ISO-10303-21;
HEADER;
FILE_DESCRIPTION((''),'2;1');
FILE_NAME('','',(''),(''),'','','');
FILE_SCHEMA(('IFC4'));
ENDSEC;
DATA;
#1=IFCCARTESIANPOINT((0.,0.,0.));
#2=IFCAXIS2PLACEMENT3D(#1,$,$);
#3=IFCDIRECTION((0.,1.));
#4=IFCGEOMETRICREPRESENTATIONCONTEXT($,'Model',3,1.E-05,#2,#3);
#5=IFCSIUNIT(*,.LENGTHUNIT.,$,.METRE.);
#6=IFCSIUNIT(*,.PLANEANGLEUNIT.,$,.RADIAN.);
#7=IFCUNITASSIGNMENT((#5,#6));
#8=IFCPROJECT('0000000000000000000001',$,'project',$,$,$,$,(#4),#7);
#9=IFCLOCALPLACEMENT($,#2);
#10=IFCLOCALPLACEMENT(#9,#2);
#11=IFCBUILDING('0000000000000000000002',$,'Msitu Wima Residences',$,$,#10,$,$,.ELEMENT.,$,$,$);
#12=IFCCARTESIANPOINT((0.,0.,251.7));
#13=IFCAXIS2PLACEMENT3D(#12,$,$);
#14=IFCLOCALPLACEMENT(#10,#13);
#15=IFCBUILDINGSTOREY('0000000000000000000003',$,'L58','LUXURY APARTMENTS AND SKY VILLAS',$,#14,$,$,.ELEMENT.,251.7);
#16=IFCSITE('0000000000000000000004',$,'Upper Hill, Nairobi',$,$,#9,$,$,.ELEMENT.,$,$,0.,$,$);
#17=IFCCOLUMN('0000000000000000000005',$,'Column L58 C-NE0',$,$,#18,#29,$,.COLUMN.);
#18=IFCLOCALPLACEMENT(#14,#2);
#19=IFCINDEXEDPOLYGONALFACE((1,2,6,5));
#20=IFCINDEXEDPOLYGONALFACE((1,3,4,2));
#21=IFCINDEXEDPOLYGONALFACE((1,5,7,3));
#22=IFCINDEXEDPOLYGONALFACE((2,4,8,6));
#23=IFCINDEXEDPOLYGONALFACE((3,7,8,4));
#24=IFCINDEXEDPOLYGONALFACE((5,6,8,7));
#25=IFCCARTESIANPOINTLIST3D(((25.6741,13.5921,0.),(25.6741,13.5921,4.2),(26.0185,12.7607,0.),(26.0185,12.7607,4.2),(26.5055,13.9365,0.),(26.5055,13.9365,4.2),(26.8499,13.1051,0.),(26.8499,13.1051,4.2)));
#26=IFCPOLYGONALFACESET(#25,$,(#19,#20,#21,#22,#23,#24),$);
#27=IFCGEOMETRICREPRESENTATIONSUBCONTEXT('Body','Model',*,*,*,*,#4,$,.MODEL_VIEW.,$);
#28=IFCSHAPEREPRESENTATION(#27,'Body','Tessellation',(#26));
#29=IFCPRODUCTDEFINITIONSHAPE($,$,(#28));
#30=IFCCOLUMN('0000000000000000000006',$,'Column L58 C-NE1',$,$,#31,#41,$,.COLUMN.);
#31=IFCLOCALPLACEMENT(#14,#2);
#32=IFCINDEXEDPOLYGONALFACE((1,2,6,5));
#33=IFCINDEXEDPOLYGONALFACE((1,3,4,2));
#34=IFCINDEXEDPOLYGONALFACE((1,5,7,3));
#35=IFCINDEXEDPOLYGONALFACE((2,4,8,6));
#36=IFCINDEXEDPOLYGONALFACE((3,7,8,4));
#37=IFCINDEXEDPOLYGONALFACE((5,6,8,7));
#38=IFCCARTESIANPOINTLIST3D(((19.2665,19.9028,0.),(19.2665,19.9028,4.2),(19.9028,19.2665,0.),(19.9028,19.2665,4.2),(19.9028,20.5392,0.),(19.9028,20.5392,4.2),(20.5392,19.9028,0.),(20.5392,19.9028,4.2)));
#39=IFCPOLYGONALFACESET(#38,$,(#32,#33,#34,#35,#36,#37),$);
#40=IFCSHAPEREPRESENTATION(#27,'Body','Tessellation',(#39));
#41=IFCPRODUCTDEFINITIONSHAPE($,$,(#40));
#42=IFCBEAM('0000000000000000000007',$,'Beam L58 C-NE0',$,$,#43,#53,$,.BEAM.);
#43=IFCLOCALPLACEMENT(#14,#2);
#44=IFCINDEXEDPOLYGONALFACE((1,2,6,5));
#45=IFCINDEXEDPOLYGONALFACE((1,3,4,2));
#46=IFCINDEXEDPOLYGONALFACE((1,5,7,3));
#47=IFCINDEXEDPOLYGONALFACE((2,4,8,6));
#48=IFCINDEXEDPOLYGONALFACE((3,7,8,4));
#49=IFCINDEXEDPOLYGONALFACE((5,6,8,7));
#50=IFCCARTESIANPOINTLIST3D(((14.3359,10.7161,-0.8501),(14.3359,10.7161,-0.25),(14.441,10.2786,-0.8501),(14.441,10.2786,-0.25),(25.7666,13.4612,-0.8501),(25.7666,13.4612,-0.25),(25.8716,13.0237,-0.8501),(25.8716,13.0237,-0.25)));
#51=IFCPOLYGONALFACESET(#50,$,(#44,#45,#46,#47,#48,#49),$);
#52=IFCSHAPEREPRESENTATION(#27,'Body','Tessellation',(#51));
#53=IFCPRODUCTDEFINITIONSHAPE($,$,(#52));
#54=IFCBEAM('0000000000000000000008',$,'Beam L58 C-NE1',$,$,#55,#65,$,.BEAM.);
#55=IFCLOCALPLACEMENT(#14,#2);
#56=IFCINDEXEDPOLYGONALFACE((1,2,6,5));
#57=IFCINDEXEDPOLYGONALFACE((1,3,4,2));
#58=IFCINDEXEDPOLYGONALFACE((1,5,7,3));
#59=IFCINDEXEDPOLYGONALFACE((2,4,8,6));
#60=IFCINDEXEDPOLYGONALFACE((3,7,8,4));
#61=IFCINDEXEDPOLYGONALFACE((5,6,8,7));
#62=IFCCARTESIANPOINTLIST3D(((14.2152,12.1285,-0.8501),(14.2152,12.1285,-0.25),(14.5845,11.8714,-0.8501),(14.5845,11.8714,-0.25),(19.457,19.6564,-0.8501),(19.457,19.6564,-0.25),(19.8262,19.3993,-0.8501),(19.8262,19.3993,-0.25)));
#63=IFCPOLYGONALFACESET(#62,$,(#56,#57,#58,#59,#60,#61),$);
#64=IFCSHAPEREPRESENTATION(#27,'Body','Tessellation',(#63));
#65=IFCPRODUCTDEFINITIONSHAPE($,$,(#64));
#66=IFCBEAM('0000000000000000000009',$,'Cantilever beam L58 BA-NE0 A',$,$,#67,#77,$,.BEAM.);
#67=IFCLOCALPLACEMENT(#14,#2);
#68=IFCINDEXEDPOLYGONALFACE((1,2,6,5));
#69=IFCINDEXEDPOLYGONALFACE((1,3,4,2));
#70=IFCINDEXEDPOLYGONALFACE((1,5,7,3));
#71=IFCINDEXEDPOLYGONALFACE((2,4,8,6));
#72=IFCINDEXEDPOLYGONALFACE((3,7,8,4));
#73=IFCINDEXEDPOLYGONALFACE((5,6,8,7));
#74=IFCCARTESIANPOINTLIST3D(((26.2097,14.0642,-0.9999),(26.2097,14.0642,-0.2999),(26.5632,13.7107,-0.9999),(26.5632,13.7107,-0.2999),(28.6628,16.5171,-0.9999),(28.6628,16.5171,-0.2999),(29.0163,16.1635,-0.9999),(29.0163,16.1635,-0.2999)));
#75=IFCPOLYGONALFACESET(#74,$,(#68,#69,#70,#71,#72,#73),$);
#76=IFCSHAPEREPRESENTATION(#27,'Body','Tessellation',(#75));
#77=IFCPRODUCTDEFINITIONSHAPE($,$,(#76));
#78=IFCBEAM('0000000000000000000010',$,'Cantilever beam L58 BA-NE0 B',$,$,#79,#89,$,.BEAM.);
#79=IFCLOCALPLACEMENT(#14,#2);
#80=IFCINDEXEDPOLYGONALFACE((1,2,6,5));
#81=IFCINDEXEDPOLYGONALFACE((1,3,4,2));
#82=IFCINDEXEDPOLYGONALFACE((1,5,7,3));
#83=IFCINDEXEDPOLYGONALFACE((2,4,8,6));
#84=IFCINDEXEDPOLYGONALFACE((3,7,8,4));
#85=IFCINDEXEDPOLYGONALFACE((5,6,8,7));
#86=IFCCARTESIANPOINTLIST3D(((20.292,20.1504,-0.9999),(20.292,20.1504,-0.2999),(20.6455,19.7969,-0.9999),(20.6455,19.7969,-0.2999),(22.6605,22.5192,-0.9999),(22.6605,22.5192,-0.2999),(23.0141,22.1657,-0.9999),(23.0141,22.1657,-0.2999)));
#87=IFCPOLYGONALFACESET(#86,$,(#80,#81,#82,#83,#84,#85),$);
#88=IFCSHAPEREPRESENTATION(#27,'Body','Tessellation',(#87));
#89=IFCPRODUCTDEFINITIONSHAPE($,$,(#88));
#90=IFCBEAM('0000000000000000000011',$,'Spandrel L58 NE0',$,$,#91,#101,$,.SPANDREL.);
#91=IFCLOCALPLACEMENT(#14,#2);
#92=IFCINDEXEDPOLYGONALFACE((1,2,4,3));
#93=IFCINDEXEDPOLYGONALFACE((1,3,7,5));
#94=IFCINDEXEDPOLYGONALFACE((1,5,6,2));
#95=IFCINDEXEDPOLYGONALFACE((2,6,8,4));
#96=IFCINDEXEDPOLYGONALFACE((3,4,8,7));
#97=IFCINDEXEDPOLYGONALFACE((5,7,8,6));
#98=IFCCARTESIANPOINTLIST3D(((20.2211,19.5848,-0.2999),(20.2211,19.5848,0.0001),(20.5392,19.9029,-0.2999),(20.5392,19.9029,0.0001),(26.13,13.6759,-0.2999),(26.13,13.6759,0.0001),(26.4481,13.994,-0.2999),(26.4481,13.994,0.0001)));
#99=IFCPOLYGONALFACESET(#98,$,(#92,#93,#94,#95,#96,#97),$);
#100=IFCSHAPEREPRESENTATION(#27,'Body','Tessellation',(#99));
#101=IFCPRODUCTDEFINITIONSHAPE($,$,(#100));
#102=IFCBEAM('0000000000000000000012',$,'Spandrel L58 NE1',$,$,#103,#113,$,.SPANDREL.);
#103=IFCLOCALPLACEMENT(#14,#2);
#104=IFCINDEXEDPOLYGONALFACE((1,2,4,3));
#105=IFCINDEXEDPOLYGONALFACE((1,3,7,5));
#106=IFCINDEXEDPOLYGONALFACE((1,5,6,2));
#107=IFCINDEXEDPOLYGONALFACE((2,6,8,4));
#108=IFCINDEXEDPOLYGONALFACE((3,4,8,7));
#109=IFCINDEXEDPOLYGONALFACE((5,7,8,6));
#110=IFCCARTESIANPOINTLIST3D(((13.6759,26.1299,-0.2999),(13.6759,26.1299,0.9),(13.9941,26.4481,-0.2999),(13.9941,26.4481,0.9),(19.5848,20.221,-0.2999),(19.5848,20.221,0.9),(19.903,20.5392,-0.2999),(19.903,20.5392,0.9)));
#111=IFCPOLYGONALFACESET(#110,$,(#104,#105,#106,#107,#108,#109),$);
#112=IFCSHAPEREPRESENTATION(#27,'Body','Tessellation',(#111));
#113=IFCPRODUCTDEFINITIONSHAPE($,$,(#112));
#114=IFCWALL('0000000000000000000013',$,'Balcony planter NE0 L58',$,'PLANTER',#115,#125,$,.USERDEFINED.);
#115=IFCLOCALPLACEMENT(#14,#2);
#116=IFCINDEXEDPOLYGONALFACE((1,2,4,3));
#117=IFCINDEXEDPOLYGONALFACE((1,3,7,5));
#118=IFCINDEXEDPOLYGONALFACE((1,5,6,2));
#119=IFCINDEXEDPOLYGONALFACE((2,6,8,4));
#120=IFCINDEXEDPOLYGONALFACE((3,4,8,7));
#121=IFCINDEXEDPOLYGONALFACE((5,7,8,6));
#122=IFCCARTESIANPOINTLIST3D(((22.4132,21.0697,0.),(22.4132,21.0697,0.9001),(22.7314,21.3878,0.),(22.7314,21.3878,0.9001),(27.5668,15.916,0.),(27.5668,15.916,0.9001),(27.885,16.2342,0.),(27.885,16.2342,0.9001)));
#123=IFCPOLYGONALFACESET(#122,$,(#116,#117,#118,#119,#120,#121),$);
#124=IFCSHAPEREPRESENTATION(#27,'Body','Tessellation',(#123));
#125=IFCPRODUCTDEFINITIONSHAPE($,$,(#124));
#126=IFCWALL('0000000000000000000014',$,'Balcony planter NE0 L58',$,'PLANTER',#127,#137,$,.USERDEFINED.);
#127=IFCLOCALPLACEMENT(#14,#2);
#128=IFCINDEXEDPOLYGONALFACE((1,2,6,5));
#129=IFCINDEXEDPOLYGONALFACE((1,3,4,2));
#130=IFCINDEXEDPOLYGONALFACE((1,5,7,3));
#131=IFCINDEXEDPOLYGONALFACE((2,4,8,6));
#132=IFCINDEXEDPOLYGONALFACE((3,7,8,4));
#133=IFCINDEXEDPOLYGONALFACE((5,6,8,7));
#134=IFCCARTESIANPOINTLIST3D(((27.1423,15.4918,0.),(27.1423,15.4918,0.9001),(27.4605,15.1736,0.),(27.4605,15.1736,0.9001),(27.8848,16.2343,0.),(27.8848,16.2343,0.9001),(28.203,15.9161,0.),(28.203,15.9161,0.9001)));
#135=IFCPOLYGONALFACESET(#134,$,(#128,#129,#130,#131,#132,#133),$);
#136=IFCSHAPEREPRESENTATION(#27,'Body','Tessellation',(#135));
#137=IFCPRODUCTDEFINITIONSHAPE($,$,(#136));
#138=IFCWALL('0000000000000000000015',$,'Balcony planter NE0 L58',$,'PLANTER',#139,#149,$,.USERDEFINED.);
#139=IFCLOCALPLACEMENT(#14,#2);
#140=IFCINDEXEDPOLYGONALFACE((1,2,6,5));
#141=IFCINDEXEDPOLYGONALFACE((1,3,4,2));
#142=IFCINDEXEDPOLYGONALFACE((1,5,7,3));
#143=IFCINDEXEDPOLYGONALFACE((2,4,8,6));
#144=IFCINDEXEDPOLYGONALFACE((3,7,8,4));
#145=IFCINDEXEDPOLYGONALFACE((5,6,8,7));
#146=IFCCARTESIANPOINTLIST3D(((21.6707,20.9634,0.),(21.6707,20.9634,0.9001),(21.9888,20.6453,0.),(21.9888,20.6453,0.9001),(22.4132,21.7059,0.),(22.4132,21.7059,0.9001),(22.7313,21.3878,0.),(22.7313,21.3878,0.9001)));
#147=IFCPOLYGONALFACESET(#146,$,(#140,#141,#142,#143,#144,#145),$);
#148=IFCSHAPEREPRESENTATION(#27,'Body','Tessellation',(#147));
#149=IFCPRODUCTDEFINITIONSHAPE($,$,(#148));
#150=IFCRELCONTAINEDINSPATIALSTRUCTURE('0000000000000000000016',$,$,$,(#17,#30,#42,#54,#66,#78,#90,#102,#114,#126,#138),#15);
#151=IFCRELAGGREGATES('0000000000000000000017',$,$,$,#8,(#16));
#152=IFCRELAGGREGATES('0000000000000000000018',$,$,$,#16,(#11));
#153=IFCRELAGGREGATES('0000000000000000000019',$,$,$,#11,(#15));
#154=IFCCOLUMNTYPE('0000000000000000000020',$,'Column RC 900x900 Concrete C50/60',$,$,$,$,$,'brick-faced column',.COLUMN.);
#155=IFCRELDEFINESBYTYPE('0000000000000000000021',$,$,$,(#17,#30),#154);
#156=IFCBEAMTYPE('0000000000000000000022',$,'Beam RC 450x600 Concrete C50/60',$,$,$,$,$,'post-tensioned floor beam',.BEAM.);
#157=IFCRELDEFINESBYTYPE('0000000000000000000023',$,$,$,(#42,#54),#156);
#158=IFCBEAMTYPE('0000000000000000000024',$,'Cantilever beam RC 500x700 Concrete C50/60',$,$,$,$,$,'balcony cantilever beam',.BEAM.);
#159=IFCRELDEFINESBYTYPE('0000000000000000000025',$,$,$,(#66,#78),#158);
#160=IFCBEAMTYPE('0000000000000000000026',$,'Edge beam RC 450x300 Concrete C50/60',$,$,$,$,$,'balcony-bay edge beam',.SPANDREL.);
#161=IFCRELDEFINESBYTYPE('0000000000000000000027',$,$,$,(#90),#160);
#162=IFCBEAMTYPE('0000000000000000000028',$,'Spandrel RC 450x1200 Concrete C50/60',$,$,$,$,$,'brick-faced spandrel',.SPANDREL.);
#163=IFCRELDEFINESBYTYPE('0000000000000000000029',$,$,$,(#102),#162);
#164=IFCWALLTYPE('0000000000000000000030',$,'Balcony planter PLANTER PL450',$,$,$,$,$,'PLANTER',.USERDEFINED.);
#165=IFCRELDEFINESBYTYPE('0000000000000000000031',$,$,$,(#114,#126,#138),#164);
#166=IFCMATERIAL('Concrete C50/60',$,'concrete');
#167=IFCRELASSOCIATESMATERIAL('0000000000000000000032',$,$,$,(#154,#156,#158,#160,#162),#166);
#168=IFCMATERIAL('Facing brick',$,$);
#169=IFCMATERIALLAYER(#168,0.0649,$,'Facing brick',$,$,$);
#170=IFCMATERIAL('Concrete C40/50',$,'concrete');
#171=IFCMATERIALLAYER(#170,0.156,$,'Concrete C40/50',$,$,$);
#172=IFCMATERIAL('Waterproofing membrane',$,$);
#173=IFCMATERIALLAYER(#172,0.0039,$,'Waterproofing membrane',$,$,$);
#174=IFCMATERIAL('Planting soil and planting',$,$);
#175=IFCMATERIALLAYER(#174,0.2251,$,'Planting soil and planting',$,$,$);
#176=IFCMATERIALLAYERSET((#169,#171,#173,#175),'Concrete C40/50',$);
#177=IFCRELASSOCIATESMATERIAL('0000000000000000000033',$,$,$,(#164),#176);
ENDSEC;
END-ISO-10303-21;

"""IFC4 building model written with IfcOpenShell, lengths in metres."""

from ifc_helpers import new_model, si_unit, direction, frame, frame_2d, origin, origin_2d, place, context, subcontext, project, spatial, rectangle, extrude, material, layer, layer_set, material_profile, profile_set, type_object, element, save


model = new_model("IFC4")

# Units and contexts
model_context = context("Model", 3, precision=1e-05, world=origin(), true_north=direction((0.0, 1.0)))
body_context = subcontext(model_context, "Body", "Model", "MODEL_VIEW")
ifc_project = project(units=[si_unit("LENGTHUNIT", "METRE"), si_unit("PLANEANGLEUNIT", "RADIAN")], contexts=[model_context])

# Site, building, storey
site_placement = place(None, origin())
site = spatial("IfcSite", under=ifc_project, at=site_placement, Name="Upper Hill, Nairobi", CompositionType="ELEMENT", RefElevation=0.0)
building_placement = place(site_placement, origin())
building = spatial("IfcBuilding", under=site, at=building_placement, Name="Msitu Wima Residences", CompositionType="ELEMENT")
storey_placement = place(building_placement, frame((0.0, 0.0, 251.7)))
storey = spatial("IfcBuildingStorey", under=building, at=storey_placement, Name="L58", Description="LUXURY APARTMENTS AND SKY VILLAS", CompositionType="ELEMENT", Elevation=251.7)

# Columns
ifc_material_1 = material(Name="Concrete C50/60", Category="concrete")
ifc_material_profile_1 = material_profile(ifc_material_1, rectangle(XDim=0.8999, YDim=0.8999, at=origin_2d()), Name="RC 900x900")
ifc_profile_set_1 = profile_set([ifc_material_profile_1], Name="Concrete C50/60")
column_type = type_object("IfcColumnType", Name="Column RC 900x900 Concrete C50/60", ElementType="brick-faced column", PredefinedType="COLUMN", material=ifc_profile_set_1)
for number, where, z_axis, x_axis, name in (
    (1, (26.262, 13.3486, 0.0), (0.0, 0.0, 1.0), (-0.382683, 0.92388, 0.0), "Column L58 C-NE0"),
    (2, (19.9028, 19.9028, 0.0), (0.0, 0.0, 1.0), (-0.707107, 0.707107, 0.0), "Column L58 C-NE1"),
):
    element("IfcColumn", number, at=place(storey_placement, frame(where, z_axis=z_axis, x_axis=x_axis)), inside=storey, type_object=column_type, Name=name, PredefinedType="COLUMN", context=body_context, shape_type="SweptSolid", body=[
        extrude(rectangle(XDim=0.8999, YDim=0.8999, at=origin_2d()), origin(), (0.0, 0.0, 1.0), 4.2),
    ])

# Beams
ifc_material_profile_2 = material_profile(ifc_material_1, rectangle(XDim=0.45, YDim=0.6001, at=origin_2d()), Name="RC 450x600")
ifc_profile_set_2 = profile_set([ifc_material_profile_2], Name="Concrete C50/60")
beam_type_1 = type_object("IfcBeamType", Name="Beam RC 450x600 Concrete C50/60", ElementType="post-tensioned floor beam", PredefinedType="BEAM", material=ifc_profile_set_2)
beam_1_placement = place(storey_placement, frame((25.8191, 13.2424, -0.55), z_axis=(-0.972353, -0.233514, 0.0), x_axis=(0.233514, -0.972353, 0.0)))
element("IfcBeam", 3, at=beam_1_placement, inside=storey, type_object=beam_type_1, Name="Beam L58 C-NE0", PredefinedType="BEAM", context=body_context, shape_type="SweptSolid", body=[
    extrude(rectangle(XDim=0.45, YDim=0.6001, at=origin_2d()), origin(), (0.0, 0.0, 1.0), 11.7556),
])
beam_2_placement = place(storey_placement, frame((19.6416, 19.5278, -0.55), z_axis=(-0.571428, -0.820652, 0.0), x_axis=(0.820652, -0.571428, 0.0)))
element("IfcBeam", 4, at=beam_2_placement, inside=storey, type_object=beam_type_1, Name="Beam L58 C-NE1", PredefinedType="BEAM", context=body_context, shape_type="SweptSolid", body=[
    extrude(rectangle(XDim=0.45, YDim=0.6001, at=origin_2d()), origin(), (0.0, 0.0, 1.0), 9.1731),
])
ifc_material_profile_3 = material_profile(ifc_material_1, rectangle(XDim=0.5, YDim=0.7, at=origin_2d()), Name="RC 500x700")
ifc_profile_set_3 = profile_set([ifc_material_profile_3], Name="Concrete C50/60")
beam_type_2 = type_object("IfcBeamType", Name="Cantilever beam RC 500x700 Concrete C50/60", ElementType="balcony cantilever beam", PredefinedType="BEAM", material=ifc_profile_set_3)
beam_3_placement = place(storey_placement, frame((26.3865, 13.8875, -0.6499), z_axis=(0.707142, 0.707072, 0.0), x_axis=(-0.707072, 0.707142, 0.0)))
element("IfcBeam", 5, at=beam_3_placement, inside=storey, type_object=beam_type_2, Name="Cantilever beam L58 BA-NE0 A", PredefinedType="BEAM", context=body_context, shape_type="SweptSolid", body=[
    extrude(rectangle(XDim=0.5, YDim=0.7, at=origin_2d()), origin(), (0.0, 0.0, 1.0), 3.469),
])
beam_4_placement = place(storey_placement, frame((20.4688, 19.9736, -0.6499), z_axis=(0.70707, 0.707143, 0.0), x_axis=(-0.707143, 0.70707, 0.0)))
element("IfcBeam", 6, at=beam_4_placement, inside=storey, type_object=beam_type_2, Name="Cantilever beam L58 BA-NE0 B", PredefinedType="BEAM", context=body_context, shape_type="SweptSolid", body=[
    extrude(rectangle(XDim=0.5, YDim=0.7, at=origin_2d()), origin(), (0.0, 0.0, 1.0), 3.3499),
])
ifc_material_profile_4 = material_profile(ifc_material_1, rectangle(XDim=0.45, YDim=0.3, at=origin_2d()), Name="RC 450x300")
ifc_profile_set_4 = profile_set([ifc_material_profile_4], Name="Concrete C50/60")
beam_type_3 = type_object("IfcBeamType", Name="Edge beam RC 450x300 Concrete C50/60", ElementType="balcony-bay edge beam", PredefinedType="SPANDREL", material=ifc_profile_set_4)
beam_5_placement = place(storey_placement, frame((26.2891, 13.835, -0.1499), z_axis=(-0.707107, 0.707107, 0.0), x_axis=(-0.707107, -0.707107, 0.0)))
element("IfcBeam", 7, at=beam_5_placement, inside=storey, type_object=beam_type_3, Name="Spandrel L58 NE0", PredefinedType="SPANDREL", context=body_context, shape_type="SweptSolid", body=[
    extrude(rectangle(XDim=0.45, YDim=0.3, at=origin_2d()), origin(), (0.0, 0.0, 1.0), 8.3564),
])
ifc_material_profile_5 = material_profile(ifc_material_1, rectangle(XDim=0.45, YDim=1.2, at=origin_2d()), Name="RC 450x1200")
ifc_profile_set_5 = profile_set([ifc_material_profile_5], Name="Concrete C50/60")
beam_type_4 = type_object("IfcBeamType", Name="Spandrel RC 450x1200 Concrete C50/60", ElementType="brick-faced spandrel", PredefinedType="SPANDREL", material=ifc_profile_set_5)
beam_6_placement = place(storey_placement, frame((19.7439, 20.3801, 0.3), z_axis=(-0.707107, 0.707107, 0.0), x_axis=(-0.707107, -0.707107, 0.0)))
element("IfcBeam", 8, at=beam_6_placement, inside=storey, type_object=beam_type_4, Name="Spandrel L58 NE1", PredefinedType="SPANDREL", context=body_context, shape_type="SweptSolid", body=[
    extrude(rectangle(XDim=0.45, YDim=1.2, at=origin_2d()), origin(), (0.0, 0.0, 1.0), 8.3564),
])

# Walls
ifc_material_2 = material(Name="Facing brick")
ifc_layer_1 = layer(ifc_material_2, 0.0649, Name="Facing brick")
ifc_material_3 = material(Name="Concrete C40/50", Category="concrete")
ifc_layer_2 = layer(ifc_material_3, 0.156, Name="Concrete C40/50")
ifc_material_4 = material(Name="Waterproofing membrane")
ifc_layer_3 = layer(ifc_material_4, 0.0039, Name="Waterproofing membrane")
ifc_material_5 = material(Name="Planting soil and planting")
ifc_layer_4 = layer(ifc_material_5, 0.2251, Name="Planting soil and planting")
ifc_layer_set_1 = layer_set([ifc_layer_1, ifc_layer_2, ifc_layer_3, ifc_layer_4], Name="Concrete C40/50")
wall_type_1 = type_object("IfcWallType", Name="Balcony planter PLANTER PL450", ElementType="PLANTER", PredefinedType="USERDEFINED", material=ifc_layer_set_1)
wall_1_placement = place(storey_placement, frame((27.7258, 16.0752, 0.0), z_axis=(0.0, 0.0, 1.0), x_axis=(-0.707107, 0.707107, 0.0)))
element("IfcWall", 9, at=wall_1_placement, inside=storey, type_object=wall_type_1, Name="Balcony planter NE0 L58", ObjectType="PLANTER", PredefinedType="USERDEFINED", context=body_context, shape_type="SweptSolid", body=[
    extrude(rectangle(XDim=7.2883, YDim=0.45, at=frame_2d((3.644, 0.0))), origin(), (0.0, 0.0, 1.0), 0.9001),
])
for number, where, z_axis, x_axis, name in (
    (10, (27.3015, 15.3328, 0.0), (0.0, 0.0, 1.0), (0.707107, 0.707107, 0.0), "Balcony planter NE0 L58"),
    (11, (21.8298, 20.8044, 0.0), (0.0, 0.0, 1.0), (0.707107, 0.707107, 0.0), "Balcony planter NE0 L58"),
):
    element("IfcWall", number, at=place(storey_placement, frame(where, z_axis=z_axis, x_axis=x_axis)), inside=storey, type_object=wall_type_1, Name=name, ObjectType="PLANTER", PredefinedType="USERDEFINED", context=body_context, shape_type="SweptSolid", body=[
        extrude(rectangle(XDim=1.05, YDim=0.45, at=frame_2d((0.5249, 0.0))), origin(), (0.0, 0.0, 1.0), 0.9001),
    ])

save(model, "model.ifc")
